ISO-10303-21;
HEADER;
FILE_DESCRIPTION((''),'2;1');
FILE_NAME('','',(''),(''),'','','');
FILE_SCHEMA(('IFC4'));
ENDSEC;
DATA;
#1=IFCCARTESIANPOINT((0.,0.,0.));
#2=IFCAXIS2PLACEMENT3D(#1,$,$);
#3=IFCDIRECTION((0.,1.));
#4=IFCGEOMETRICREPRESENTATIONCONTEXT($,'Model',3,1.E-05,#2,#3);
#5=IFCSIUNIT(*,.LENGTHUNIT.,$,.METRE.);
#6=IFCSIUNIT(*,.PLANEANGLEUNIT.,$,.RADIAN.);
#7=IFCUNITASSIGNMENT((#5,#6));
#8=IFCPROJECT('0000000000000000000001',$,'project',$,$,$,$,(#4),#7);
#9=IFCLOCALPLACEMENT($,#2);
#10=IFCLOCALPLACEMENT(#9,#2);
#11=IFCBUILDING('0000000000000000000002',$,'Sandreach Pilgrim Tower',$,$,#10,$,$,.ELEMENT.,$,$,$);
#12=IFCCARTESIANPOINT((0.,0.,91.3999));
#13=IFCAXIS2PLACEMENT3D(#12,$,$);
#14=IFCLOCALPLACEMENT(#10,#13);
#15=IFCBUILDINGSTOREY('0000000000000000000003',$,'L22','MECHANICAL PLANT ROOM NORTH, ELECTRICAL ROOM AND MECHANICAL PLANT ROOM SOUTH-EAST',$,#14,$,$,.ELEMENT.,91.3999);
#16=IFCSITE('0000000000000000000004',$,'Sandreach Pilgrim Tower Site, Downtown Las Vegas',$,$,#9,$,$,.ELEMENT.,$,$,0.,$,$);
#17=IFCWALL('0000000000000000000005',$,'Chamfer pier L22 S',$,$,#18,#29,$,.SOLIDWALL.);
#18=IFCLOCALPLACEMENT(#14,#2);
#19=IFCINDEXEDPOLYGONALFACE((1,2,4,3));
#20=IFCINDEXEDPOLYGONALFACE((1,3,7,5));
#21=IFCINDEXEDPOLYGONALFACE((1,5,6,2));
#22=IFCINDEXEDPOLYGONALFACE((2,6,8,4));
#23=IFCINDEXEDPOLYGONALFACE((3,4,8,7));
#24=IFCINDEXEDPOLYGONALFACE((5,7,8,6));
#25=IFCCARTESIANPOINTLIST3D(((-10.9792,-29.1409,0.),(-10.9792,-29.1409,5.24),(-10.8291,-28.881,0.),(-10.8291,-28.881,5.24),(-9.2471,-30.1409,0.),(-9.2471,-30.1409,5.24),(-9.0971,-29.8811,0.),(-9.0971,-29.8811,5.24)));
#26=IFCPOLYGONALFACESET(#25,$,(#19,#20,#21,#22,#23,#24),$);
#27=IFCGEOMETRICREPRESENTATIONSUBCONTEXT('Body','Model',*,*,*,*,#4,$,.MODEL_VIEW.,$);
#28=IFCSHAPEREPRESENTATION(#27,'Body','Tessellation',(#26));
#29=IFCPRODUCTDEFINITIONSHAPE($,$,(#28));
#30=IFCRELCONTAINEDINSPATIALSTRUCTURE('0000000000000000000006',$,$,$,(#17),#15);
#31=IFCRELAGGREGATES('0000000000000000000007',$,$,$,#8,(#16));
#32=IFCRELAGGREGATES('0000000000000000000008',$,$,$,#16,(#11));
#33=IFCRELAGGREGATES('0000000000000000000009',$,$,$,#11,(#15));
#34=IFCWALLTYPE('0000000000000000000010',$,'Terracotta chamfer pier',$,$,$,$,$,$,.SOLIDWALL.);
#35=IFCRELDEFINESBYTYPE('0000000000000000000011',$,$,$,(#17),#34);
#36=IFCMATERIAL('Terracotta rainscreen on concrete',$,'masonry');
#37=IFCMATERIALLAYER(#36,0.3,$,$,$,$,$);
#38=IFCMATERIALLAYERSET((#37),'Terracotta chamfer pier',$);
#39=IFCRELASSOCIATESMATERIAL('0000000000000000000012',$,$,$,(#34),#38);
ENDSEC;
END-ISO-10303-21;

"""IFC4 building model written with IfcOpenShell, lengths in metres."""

from ifc_helpers import new_model, si_unit, direction, frame, frame_2d, origin, place, context, subcontext, project, spatial, rectangle, extrude, material, layer, layer_set, type_object, element, save


model = new_model("IFC4")

# Units and contexts
model_context = context("Model", 3, precision=1e-05, world=origin(), true_north=direction((0.0, 1.0)))
body_context = subcontext(model_context, "Body", "Model", "MODEL_VIEW")
ifc_project = project(units=[si_unit("LENGTHUNIT", "METRE"), si_unit("PLANEANGLEUNIT", "RADIAN")], contexts=[model_context])

# Site, building, storey
site_placement = place(None, origin())
site = spatial("IfcSite", under=ifc_project, at=site_placement, Name="Sandreach Pilgrim Tower Site, Downtown Las Vegas", CompositionType="ELEMENT", RefElevation=0.0)
building_placement = place(site_placement, origin())
building = spatial("IfcBuilding", under=site, at=building_placement, Name="Sandreach Pilgrim Tower", CompositionType="ELEMENT")
storey_placement = place(building_placement, frame((0.0, 0.0, 91.3999)))
storey = spatial("IfcBuildingStorey", under=building, at=storey_placement, Name="L22", Description="MECHANICAL PLANT ROOM NORTH, ELECTRICAL ROOM AND MECHANICAL PLANT ROOM SOUTH-EAST", CompositionType="ELEMENT", Elevation=91.3999)

# Wall
ifc_material_1 = material(Name="Terracotta rainscreen on concrete", Category="masonry")
ifc_layer_1 = layer(ifc_material_1, 0.3)
ifc_layer_set_1 = layer_set([ifc_layer_1], Name="Terracotta chamfer pier")
wall_type_1 = type_object("IfcWallType", Name="Terracotta chamfer pier", PredefinedType="SOLIDWALL", material=ifc_layer_set_1)
wall_1_placement = place(storey_placement, frame((-9.1721, -30.011, 0.0), z_axis=(0.0, 0.0, 1.0), x_axis=(-0.866011, 0.500025, 0.0)))
element("IfcWall", 1, at=wall_1_placement, inside=storey, type_object=wall_type_1, Name="Chamfer pier L22 S", PredefinedType="SOLIDWALL", context=body_context, shape_type="SweptSolid", body=[
    extrude(rectangle(XDim=2.0, YDim=0.3, at=frame_2d((1.0, 0.0))), origin(), (0.0, 0.0, 1.0), 5.24),
])

save(model, "model.ifc")
